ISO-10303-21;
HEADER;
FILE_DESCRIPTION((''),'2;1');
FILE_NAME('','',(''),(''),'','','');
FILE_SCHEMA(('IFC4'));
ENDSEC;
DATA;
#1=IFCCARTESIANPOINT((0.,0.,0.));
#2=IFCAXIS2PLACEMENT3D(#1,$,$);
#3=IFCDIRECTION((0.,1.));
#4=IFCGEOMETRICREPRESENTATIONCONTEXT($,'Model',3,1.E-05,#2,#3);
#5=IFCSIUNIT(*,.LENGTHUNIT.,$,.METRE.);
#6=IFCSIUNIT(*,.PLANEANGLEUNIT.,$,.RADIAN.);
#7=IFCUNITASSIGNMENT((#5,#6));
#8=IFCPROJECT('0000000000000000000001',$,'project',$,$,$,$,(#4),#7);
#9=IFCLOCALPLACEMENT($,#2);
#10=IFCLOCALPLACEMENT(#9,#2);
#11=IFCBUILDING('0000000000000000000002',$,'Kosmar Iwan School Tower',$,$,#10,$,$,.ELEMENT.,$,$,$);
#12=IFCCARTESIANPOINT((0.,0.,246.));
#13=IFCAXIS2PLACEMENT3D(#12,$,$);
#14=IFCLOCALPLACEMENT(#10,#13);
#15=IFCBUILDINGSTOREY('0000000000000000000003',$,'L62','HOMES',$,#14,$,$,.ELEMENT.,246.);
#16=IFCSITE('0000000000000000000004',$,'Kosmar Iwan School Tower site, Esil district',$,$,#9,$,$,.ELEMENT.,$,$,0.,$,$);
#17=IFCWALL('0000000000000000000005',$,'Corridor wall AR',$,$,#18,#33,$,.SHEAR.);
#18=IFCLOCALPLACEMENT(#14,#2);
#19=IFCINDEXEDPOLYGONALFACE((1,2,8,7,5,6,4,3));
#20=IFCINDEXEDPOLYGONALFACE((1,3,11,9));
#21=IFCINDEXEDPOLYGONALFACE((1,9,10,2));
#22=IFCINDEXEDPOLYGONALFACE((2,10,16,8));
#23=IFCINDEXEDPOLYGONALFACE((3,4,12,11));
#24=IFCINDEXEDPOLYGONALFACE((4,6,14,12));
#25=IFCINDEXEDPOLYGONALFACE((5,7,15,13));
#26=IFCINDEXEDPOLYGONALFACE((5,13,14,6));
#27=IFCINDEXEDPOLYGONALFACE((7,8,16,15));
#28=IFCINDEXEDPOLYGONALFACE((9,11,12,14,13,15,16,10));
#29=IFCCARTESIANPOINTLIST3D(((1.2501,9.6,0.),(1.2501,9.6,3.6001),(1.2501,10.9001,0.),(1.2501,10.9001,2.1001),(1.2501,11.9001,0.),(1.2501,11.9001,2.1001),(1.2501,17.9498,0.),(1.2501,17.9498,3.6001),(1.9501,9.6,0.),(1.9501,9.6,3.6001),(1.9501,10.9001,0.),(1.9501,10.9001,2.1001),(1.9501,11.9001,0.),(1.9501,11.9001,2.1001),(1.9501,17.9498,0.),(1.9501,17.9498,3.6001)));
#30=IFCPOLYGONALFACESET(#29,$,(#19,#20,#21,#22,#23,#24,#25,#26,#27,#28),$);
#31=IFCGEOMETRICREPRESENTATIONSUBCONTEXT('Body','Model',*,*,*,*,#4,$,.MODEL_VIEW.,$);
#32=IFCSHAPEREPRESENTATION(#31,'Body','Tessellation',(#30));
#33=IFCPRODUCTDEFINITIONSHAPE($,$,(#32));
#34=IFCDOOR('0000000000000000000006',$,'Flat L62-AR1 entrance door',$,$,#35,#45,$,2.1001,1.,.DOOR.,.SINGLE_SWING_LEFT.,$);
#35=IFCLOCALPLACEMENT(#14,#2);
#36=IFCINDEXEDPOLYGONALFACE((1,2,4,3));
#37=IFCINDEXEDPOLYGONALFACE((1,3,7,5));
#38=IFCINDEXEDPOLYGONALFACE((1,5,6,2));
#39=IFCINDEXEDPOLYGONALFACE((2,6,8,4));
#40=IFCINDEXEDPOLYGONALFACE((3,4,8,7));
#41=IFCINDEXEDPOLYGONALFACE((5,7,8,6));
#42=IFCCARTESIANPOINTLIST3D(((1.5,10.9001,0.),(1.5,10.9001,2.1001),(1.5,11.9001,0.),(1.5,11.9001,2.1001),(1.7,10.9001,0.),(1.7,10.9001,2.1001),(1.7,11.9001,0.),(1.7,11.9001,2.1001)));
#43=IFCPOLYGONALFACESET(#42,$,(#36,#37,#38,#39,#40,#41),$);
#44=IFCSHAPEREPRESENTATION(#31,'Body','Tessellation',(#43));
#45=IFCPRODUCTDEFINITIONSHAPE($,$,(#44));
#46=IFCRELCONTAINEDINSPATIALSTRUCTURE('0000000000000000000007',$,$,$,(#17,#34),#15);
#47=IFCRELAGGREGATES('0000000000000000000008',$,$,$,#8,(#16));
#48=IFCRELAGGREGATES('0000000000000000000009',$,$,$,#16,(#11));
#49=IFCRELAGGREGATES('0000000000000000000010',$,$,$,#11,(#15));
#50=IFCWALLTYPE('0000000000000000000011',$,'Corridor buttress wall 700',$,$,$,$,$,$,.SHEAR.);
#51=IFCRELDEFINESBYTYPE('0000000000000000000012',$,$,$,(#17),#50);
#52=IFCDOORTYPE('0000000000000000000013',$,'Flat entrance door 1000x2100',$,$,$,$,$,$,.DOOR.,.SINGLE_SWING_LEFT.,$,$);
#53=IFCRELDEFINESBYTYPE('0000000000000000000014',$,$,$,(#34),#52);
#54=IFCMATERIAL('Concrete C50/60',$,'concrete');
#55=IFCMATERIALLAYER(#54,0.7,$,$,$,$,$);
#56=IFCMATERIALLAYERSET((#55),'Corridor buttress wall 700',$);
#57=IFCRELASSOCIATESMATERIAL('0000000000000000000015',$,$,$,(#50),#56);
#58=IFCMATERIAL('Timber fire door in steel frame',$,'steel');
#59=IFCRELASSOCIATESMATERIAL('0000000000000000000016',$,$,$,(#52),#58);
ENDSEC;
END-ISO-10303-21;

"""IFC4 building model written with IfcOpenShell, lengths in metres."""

from ifc_helpers import new_model, si_unit, direction, frame, frame_2d, origin, place, context, subcontext, project, spatial, rectangle, extrude, material, layer, layer_set, type_object, element, fill, save


model = new_model("IFC4")

# Units and contexts
model_context = context("Model", 3, precision=1e-05, world=origin(), true_north=direction((0.0, 1.0)))
body_context = subcontext(model_context, "Body", "Model", "MODEL_VIEW")
ifc_project = project(units=[si_unit("LENGTHUNIT", "METRE"), si_unit("PLANEANGLEUNIT", "RADIAN")], contexts=[model_context])

# Site, building, storey
site_placement = place(None, origin())
site = spatial("IfcSite", under=ifc_project, at=site_placement, Name="Kosmar Iwan School Tower site, Esil district", CompositionType="ELEMENT", RefElevation=0.0)
building_placement = place(site_placement, origin())
building = spatial("IfcBuilding", under=site, at=building_placement, Name="Kosmar Iwan School Tower", CompositionType="ELEMENT")
storey_placement = place(building_placement, frame((0.0, 0.0, 246.0)))
storey = spatial("IfcBuildingStorey", under=building, at=storey_placement, Name="L62", Description="HOMES", CompositionType="ELEMENT", Elevation=246.0)

# Wall, opening, door
ifc_material_1 = material(Name="Concrete C50/60", Category="concrete")
ifc_layer_1 = layer(ifc_material_1, 0.7)
ifc_layer_set_1 = layer_set([ifc_layer_1], Name="Corridor buttress wall 700")
wall_type_1 = type_object("IfcWallType", Name="Corridor buttress wall 700", PredefinedType="SHEAR", material=ifc_layer_set_1)
wall_1_placement = place(storey_placement, frame((1.6001, 9.6001, 0.0), z_axis=(0.0, 0.0, 1.0), x_axis=(0.0, 1.0, 0.0)))
wall_1 = element("IfcWall", 1, at=wall_1_placement, inside=storey, type_object=wall_type_1, Name="Corridor wall AR", PredefinedType="SHEAR", context=body_context, shape_type="SweptSolid", body=[
    extrude(rectangle(XDim=8.3499, YDim=0.7, at=frame_2d((4.1748, 0.0))), origin(), (0.0, 0.0, 1.0), 3.6001),
])
opening_1_placement = place(wall_1_placement, frame((1.3, 0.0, 0.0)))
opening_1 = element("IfcOpeningElement", 2, at=opening_1_placement, cuts=wall_1, PredefinedType="OPENING", context=body_context, shape_type="SweptSolid", body=[
    extrude(rectangle(XDim=1.0, YDim=2.1001, at=frame_2d((0.5, 1.05))), frame((0.0, 0.3621, 0.0), z_axis=(0.0, -1.0, 0.0), x_axis=(1.0, 0.0, 0.0)), (0.0, 0.0, 1.0), 0.7239),
])
ifc_material_2 = material(Name="Timber fire door in steel frame", Category="steel")
door_type_1 = type_object("IfcDoorType", Name="Flat entrance door 1000x2100", OperationType="SINGLE_SWING_LEFT", PredefinedType="DOOR", material=ifc_material_2)
door_1_placement = place(opening_1_placement, origin())
door_1 = element("IfcDoor", 3, at=door_1_placement, inside=storey, type_object=door_type_1, Name="Flat L62-AR1 entrance door", OperationType="SINGLE_SWING_LEFT", OverallHeight=2.1001, OverallWidth=1.0, PredefinedType="DOOR", context=body_context, shape_type="SweptSolid", body=[
    extrude(rectangle(XDim=1.0, YDim=2.1001, at=frame_2d((0.5, 1.05))), frame((0.0, 0.1001, 0.0), z_axis=(0.0, -1.0, 0.0), x_axis=(1.0, 0.0, 0.0)), (0.0, 0.0, 1.0), 0.2),
])
fill(opening_1, door_1)

save(model, "model.ifc")
